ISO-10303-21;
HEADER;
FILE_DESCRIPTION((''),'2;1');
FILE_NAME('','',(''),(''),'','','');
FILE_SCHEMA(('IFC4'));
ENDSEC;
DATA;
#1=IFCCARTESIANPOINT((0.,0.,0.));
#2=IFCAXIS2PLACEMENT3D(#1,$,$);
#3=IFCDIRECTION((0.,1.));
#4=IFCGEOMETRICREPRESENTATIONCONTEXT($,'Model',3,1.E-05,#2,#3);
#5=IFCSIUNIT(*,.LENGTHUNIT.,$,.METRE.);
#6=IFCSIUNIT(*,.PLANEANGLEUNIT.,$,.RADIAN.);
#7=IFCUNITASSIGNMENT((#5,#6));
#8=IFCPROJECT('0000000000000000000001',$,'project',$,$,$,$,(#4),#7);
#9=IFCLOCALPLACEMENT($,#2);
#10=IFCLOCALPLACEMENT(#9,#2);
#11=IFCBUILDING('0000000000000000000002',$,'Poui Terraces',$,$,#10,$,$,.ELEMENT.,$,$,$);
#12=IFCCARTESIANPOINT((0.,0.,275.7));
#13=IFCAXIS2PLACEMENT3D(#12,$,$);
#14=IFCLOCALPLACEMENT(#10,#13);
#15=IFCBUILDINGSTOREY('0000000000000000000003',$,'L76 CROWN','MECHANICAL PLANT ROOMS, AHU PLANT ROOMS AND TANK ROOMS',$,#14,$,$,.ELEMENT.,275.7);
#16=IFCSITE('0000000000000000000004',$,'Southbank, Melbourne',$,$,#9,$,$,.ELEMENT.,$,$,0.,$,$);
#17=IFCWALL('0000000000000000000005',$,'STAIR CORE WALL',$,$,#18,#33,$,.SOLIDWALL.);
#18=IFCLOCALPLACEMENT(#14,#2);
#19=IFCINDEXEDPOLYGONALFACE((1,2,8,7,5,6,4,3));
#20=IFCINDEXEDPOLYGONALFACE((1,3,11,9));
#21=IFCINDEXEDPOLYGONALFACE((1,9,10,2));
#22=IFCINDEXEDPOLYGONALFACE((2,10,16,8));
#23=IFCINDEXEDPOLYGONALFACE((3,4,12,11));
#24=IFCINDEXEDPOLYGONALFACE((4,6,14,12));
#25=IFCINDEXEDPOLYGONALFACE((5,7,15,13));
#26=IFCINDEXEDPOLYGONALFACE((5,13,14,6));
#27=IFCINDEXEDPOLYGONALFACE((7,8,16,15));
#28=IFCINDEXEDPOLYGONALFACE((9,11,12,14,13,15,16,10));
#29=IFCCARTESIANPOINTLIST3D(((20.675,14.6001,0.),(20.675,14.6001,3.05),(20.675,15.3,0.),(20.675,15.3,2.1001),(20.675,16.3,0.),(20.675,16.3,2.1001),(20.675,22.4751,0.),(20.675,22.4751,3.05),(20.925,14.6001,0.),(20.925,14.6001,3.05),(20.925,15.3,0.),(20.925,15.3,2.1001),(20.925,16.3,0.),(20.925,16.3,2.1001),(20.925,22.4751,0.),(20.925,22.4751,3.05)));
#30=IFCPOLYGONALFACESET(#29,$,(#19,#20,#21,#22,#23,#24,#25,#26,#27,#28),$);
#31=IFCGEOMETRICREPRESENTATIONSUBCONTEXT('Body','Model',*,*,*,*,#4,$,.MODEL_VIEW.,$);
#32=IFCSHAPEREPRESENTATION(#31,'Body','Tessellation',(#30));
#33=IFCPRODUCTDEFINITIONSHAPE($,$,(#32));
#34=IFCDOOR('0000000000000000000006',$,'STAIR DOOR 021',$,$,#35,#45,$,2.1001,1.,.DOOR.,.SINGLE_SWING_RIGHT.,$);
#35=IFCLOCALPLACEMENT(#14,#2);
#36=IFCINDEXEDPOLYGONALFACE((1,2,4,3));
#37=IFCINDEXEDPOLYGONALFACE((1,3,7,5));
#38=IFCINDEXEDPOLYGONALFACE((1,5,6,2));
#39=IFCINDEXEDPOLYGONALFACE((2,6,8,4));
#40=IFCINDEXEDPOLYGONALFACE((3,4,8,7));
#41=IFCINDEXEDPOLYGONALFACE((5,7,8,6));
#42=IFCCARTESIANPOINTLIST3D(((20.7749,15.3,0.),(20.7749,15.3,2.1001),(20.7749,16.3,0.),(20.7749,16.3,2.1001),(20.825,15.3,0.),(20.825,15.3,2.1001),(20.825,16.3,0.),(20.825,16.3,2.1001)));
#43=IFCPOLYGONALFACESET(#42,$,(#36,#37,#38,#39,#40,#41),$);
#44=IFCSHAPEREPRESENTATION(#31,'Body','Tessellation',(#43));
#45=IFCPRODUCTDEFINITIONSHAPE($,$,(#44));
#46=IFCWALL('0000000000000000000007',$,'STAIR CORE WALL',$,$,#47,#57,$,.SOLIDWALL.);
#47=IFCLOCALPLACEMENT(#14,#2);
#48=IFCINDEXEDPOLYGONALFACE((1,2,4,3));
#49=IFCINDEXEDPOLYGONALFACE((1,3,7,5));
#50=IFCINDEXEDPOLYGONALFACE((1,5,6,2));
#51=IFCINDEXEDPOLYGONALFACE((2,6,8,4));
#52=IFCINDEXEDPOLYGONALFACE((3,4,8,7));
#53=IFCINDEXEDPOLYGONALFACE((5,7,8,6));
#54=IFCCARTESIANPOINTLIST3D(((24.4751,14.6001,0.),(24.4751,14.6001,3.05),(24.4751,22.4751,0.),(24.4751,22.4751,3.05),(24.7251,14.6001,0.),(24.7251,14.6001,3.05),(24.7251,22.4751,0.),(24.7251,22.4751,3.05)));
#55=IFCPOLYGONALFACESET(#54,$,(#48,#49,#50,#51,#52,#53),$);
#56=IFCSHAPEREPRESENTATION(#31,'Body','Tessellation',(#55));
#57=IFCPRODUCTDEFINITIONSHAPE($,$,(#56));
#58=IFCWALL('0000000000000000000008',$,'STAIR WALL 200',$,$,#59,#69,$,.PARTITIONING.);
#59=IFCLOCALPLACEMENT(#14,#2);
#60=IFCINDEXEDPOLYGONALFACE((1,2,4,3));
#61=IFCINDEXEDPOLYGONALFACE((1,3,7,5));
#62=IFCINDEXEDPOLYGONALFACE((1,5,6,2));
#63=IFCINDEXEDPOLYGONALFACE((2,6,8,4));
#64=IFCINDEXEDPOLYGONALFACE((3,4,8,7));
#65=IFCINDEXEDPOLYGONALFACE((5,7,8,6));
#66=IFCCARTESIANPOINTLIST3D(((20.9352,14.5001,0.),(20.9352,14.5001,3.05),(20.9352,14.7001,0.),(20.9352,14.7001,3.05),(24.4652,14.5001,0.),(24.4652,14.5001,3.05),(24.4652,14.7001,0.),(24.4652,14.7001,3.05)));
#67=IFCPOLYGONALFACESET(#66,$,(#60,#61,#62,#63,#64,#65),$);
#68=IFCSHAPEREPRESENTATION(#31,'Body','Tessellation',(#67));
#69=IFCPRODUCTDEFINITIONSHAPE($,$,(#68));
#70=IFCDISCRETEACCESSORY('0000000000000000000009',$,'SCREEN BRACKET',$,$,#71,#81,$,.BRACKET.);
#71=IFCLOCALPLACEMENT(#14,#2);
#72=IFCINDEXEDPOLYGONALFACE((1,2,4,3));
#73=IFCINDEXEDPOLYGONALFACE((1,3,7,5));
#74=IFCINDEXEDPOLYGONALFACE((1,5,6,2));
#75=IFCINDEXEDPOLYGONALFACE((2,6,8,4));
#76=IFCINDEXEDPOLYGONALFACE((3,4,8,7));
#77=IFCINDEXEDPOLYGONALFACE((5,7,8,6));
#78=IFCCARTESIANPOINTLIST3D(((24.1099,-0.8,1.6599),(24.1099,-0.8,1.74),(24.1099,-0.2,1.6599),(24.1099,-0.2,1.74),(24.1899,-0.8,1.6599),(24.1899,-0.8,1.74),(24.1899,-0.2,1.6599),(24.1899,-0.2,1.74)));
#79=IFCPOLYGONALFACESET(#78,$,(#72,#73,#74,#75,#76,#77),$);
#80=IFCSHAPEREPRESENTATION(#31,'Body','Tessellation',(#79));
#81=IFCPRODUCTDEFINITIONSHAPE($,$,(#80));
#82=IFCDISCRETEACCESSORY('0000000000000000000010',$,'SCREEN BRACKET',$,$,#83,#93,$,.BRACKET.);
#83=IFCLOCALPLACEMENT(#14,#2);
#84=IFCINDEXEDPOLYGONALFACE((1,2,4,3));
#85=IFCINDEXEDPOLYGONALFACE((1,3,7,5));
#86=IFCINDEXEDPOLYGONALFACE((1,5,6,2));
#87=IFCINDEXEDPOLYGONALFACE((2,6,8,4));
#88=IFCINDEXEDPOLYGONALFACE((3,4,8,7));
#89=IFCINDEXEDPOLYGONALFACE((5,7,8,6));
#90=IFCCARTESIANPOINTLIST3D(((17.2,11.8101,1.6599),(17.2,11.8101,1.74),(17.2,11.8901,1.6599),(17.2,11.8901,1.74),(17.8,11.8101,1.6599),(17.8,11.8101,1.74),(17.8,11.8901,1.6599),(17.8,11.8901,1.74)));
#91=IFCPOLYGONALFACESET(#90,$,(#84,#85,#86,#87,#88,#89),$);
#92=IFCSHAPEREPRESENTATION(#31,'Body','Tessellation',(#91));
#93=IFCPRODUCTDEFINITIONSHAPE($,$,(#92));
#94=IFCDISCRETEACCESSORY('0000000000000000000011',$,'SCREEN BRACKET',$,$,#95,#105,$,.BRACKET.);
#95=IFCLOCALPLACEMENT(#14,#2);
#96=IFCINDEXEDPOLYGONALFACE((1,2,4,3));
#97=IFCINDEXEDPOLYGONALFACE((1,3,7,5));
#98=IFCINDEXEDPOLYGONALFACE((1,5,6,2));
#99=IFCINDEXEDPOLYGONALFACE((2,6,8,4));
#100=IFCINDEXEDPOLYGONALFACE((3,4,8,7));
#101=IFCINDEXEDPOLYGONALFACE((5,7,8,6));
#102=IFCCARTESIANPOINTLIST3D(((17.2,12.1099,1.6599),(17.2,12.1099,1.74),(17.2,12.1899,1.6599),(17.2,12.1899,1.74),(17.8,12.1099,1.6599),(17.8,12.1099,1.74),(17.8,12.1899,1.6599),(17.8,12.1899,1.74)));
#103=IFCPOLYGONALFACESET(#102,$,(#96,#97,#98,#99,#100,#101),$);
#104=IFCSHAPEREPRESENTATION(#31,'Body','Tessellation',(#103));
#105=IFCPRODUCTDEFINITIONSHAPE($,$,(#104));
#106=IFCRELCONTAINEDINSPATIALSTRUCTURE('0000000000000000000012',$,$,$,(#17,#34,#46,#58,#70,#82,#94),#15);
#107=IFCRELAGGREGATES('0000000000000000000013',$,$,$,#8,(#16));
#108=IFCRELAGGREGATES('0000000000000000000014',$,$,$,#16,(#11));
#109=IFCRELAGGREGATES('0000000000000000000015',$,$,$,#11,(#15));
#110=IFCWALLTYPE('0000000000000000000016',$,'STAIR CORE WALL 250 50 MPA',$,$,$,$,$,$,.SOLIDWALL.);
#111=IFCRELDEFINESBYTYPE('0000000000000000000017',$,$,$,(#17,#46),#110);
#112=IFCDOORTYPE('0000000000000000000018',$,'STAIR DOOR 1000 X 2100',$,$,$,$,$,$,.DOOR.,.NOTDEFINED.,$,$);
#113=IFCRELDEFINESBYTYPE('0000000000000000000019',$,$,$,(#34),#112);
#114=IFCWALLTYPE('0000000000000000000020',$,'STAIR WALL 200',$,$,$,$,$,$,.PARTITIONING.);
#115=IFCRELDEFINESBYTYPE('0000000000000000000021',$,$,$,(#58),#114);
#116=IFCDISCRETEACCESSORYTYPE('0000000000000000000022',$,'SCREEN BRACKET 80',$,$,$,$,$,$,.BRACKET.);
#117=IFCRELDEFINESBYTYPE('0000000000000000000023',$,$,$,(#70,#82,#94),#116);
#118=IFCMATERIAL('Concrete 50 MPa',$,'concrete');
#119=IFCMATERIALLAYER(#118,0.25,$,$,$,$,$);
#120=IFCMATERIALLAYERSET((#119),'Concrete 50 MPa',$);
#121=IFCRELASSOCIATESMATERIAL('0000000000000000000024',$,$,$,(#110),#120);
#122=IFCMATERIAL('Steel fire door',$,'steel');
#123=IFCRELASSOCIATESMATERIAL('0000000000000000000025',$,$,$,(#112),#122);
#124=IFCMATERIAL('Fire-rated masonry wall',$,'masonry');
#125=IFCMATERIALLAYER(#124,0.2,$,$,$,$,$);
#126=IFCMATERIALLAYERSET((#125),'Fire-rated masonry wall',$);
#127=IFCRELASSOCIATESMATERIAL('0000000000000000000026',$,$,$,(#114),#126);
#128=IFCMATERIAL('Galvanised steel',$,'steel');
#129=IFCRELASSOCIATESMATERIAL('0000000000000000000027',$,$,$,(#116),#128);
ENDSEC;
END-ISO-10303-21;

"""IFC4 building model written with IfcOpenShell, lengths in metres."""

from ifc_helpers import new_model, si_unit, direction, frame, frame_2d, origin, origin_2d, place, context, subcontext, project, spatial, rectangle, extrude, source, transform, mapped, material, layer, layer_set, material_profile, profile_set, type_object, element, fill, save


model = new_model("IFC4")

# Units and contexts
model_context = context("Model", 3, precision=1e-05, world=origin(), true_north=direction((0.0, 1.0)))
body_context = subcontext(model_context, "Body", "Model", "MODEL_VIEW")
ifc_project = project(units=[si_unit("LENGTHUNIT", "METRE"), si_unit("PLANEANGLEUNIT", "RADIAN")], contexts=[model_context])

# Site, building, storey
site_placement = place(None, origin())
site = spatial("IfcSite", under=ifc_project, at=site_placement, Name="Southbank, Melbourne", CompositionType="ELEMENT", RefElevation=0.0)
building_placement = place(site_placement, origin())
building = spatial("IfcBuilding", under=site, at=building_placement, Name="Poui Terraces", CompositionType="ELEMENT")
storey_placement = place(building_placement, frame((0.0, 0.0, 275.7)))
storey = spatial("IfcBuildingStorey", under=building, at=storey_placement, Name="L76 CROWN", Description="MECHANICAL PLANT ROOMS, AHU PLANT ROOMS AND TANK ROOMS", CompositionType="ELEMENT", Elevation=275.7)

# Shared definitions
ifc_material_1 = material(Name="Concrete 50 MPa", Category="concrete")

# Shared definitions
ifc_material_2 = material(Name="Steel fire door", Category="steel")

# Wall, opening, door
ifc_layer_1 = layer(ifc_material_1, 0.25)
ifc_layer_set_1 = layer_set([ifc_layer_1], Name="Concrete 50 MPa")
wall_type_1 = type_object("IfcWallType", Name="STAIR CORE WALL 250 50 MPA", PredefinedType="SOLIDWALL", material=ifc_layer_set_1)
wall_1_placement = place(storey_placement, frame((20.8, 14.6001, 0.0), z_axis=(0.0, 0.0, 1.0), x_axis=(0.0, 1.0, 0.0)))
wall_1 = element("IfcWall", 1, at=wall_1_placement, inside=storey, type_object=wall_type_1, Name="STAIR CORE WALL", PredefinedType="SOLIDWALL", context=body_context, shape_type="SweptSolid", body=[
    extrude(rectangle(XDim=7.875, YDim=0.25, at=frame_2d((3.9375, 0.0))), origin(), (0.0, 0.0, 1.0), 3.05),
])
opening_1_placement = place(wall_1_placement, frame((0.7, 0.0, 0.0)))
opening_1 = element("IfcOpeningElement", 2, at=opening_1_placement, cuts=wall_1, PredefinedType="OPENING", context=body_context, shape_type="SweptSolid", body=[
    extrude(rectangle(XDim=1.0, YDim=2.1001, at=frame_2d((0.5, 1.05))), frame((0.0, 0.135, 0.0), z_axis=(0.0, -1.0, 0.0), x_axis=(1.0, 0.0, 0.0)), (0.0, 0.0, 1.0), 0.27),
])
door_type_1 = type_object("IfcDoorType", Name="STAIR DOOR 1000 X 2100", OperationType="NOTDEFINED", PredefinedType="DOOR", material=ifc_material_2)
door_1_placement = place(opening_1_placement, frame((1.0, 0.0, 0.0), z_axis=(0.0, 0.0, 1.0), x_axis=(-1.0, 0.0, 0.0)))
door_1 = element("IfcDoor", 3, at=door_1_placement, inside=storey, type_object=door_type_1, Name="STAIR DOOR 021", OperationType="SINGLE_SWING_RIGHT", OverallHeight=2.1001, OverallWidth=1.0, PredefinedType="DOOR", context=body_context, shape_type="SweptSolid", body=[
    extrude(rectangle(XDim=1.0, YDim=2.1001, at=frame_2d((0.5, 1.05))), frame((0.0, 0.0249, 0.0), z_axis=(0.0, -1.0, 0.0), x_axis=(1.0, 0.0, 0.0)), (0.0, 0.0, 1.0), 0.05),
])
fill(opening_1, door_1)

# Walls
wall_2_placement = place(storey_placement, frame((24.6001, 14.6001, 0.0), z_axis=(0.0, 0.0, 1.0), x_axis=(0.0, 1.0, 0.0)))
element("IfcWall", 4, at=wall_2_placement, inside=storey, type_object=wall_type_1, Name="STAIR CORE WALL", PredefinedType="SOLIDWALL", context=body_context, shape_type="SweptSolid", body=[
    extrude(rectangle(XDim=7.875, YDim=0.25, at=frame_2d((3.9375, 0.0))), origin(), (0.0, 0.0, 1.0), 3.05),
])
ifc_material_3 = material(Name="Fire-rated masonry wall", Category="masonry")
ifc_layer_2 = layer(ifc_material_3, 0.2)
ifc_layer_set_2 = layer_set([ifc_layer_2], Name="Fire-rated masonry wall")
wall_type_2 = type_object("IfcWallType", Name="STAIR WALL 200", PredefinedType="PARTITIONING", material=ifc_layer_set_2)
wall_3_placement = place(storey_placement, frame((20.9351, 14.6001, 0.0), z_axis=(0.0, 0.0, 1.0), x_axis=(1.0, 0.0, 0.0)))
element("IfcWall", 5, at=wall_3_placement, inside=storey, type_object=wall_type_2, Name="STAIR WALL 200", PredefinedType="PARTITIONING", context=body_context, shape_type="SweptSolid", body=[
    extrude(rectangle(XDim=3.53, YDim=0.2, at=frame_2d((1.7651, 0.0))), origin(), (0.0, 0.0, 1.0), 3.05),
])

# Discrete accessories
ifc_material_4 = material(Name="Galvanised steel", Category="steel")
ifc_material_profile_1 = material_profile(ifc_material_4, rectangle(XDim=0.0801, YDim=0.0801, at=origin_2d()), Name="SCREEN BRACKET 80")
ifc_profile_set_1 = profile_set([ifc_material_profile_1], Name="Galvanised steel")
discrete_accessory_type = type_object("IfcDiscreteAccessoryType", Name="SCREEN BRACKET 80", PredefinedType="BRACKET", material=ifc_profile_set_1)
shared_shape_1 = source(origin(), body_context, "Body", "SweptSolid", [
    extrude(rectangle(XDim=0.0801, YDim=0.0801, at=origin_2d()), origin(), (0.0, 0.0, 1.0), 0.6001),
])
for number, where, z_axis, x_axis, name in (
    (6, (24.1499, -0.2, 1.7), (0.0, -1.0, 0.0), (1.0, 0.0, 0.0), "SCREEN BRACKET"),
    (7, (17.8, 11.8501, 1.7), (-1.0, 0.0, 0.0), (0.0, -1.0, 0.0), "SCREEN BRACKET"),
    (8, (17.8, 12.1499, 1.7), (-1.0, 0.0, 0.0), (0.0, -1.0, 0.0), "SCREEN BRACKET"),
):
    element("IfcDiscreteAccessory", number, at=place(storey_placement, frame(where, z_axis=z_axis, x_axis=x_axis)), inside=storey, type_object=discrete_accessory_type, Name=name, PredefinedType="BRACKET", context=body_context, shape_type="MappedRepresentation", body=[
        mapped(shared_shape_1, transform((0.0, 0.0, 0.0))),
    ])

save(model, "model.ifc")
